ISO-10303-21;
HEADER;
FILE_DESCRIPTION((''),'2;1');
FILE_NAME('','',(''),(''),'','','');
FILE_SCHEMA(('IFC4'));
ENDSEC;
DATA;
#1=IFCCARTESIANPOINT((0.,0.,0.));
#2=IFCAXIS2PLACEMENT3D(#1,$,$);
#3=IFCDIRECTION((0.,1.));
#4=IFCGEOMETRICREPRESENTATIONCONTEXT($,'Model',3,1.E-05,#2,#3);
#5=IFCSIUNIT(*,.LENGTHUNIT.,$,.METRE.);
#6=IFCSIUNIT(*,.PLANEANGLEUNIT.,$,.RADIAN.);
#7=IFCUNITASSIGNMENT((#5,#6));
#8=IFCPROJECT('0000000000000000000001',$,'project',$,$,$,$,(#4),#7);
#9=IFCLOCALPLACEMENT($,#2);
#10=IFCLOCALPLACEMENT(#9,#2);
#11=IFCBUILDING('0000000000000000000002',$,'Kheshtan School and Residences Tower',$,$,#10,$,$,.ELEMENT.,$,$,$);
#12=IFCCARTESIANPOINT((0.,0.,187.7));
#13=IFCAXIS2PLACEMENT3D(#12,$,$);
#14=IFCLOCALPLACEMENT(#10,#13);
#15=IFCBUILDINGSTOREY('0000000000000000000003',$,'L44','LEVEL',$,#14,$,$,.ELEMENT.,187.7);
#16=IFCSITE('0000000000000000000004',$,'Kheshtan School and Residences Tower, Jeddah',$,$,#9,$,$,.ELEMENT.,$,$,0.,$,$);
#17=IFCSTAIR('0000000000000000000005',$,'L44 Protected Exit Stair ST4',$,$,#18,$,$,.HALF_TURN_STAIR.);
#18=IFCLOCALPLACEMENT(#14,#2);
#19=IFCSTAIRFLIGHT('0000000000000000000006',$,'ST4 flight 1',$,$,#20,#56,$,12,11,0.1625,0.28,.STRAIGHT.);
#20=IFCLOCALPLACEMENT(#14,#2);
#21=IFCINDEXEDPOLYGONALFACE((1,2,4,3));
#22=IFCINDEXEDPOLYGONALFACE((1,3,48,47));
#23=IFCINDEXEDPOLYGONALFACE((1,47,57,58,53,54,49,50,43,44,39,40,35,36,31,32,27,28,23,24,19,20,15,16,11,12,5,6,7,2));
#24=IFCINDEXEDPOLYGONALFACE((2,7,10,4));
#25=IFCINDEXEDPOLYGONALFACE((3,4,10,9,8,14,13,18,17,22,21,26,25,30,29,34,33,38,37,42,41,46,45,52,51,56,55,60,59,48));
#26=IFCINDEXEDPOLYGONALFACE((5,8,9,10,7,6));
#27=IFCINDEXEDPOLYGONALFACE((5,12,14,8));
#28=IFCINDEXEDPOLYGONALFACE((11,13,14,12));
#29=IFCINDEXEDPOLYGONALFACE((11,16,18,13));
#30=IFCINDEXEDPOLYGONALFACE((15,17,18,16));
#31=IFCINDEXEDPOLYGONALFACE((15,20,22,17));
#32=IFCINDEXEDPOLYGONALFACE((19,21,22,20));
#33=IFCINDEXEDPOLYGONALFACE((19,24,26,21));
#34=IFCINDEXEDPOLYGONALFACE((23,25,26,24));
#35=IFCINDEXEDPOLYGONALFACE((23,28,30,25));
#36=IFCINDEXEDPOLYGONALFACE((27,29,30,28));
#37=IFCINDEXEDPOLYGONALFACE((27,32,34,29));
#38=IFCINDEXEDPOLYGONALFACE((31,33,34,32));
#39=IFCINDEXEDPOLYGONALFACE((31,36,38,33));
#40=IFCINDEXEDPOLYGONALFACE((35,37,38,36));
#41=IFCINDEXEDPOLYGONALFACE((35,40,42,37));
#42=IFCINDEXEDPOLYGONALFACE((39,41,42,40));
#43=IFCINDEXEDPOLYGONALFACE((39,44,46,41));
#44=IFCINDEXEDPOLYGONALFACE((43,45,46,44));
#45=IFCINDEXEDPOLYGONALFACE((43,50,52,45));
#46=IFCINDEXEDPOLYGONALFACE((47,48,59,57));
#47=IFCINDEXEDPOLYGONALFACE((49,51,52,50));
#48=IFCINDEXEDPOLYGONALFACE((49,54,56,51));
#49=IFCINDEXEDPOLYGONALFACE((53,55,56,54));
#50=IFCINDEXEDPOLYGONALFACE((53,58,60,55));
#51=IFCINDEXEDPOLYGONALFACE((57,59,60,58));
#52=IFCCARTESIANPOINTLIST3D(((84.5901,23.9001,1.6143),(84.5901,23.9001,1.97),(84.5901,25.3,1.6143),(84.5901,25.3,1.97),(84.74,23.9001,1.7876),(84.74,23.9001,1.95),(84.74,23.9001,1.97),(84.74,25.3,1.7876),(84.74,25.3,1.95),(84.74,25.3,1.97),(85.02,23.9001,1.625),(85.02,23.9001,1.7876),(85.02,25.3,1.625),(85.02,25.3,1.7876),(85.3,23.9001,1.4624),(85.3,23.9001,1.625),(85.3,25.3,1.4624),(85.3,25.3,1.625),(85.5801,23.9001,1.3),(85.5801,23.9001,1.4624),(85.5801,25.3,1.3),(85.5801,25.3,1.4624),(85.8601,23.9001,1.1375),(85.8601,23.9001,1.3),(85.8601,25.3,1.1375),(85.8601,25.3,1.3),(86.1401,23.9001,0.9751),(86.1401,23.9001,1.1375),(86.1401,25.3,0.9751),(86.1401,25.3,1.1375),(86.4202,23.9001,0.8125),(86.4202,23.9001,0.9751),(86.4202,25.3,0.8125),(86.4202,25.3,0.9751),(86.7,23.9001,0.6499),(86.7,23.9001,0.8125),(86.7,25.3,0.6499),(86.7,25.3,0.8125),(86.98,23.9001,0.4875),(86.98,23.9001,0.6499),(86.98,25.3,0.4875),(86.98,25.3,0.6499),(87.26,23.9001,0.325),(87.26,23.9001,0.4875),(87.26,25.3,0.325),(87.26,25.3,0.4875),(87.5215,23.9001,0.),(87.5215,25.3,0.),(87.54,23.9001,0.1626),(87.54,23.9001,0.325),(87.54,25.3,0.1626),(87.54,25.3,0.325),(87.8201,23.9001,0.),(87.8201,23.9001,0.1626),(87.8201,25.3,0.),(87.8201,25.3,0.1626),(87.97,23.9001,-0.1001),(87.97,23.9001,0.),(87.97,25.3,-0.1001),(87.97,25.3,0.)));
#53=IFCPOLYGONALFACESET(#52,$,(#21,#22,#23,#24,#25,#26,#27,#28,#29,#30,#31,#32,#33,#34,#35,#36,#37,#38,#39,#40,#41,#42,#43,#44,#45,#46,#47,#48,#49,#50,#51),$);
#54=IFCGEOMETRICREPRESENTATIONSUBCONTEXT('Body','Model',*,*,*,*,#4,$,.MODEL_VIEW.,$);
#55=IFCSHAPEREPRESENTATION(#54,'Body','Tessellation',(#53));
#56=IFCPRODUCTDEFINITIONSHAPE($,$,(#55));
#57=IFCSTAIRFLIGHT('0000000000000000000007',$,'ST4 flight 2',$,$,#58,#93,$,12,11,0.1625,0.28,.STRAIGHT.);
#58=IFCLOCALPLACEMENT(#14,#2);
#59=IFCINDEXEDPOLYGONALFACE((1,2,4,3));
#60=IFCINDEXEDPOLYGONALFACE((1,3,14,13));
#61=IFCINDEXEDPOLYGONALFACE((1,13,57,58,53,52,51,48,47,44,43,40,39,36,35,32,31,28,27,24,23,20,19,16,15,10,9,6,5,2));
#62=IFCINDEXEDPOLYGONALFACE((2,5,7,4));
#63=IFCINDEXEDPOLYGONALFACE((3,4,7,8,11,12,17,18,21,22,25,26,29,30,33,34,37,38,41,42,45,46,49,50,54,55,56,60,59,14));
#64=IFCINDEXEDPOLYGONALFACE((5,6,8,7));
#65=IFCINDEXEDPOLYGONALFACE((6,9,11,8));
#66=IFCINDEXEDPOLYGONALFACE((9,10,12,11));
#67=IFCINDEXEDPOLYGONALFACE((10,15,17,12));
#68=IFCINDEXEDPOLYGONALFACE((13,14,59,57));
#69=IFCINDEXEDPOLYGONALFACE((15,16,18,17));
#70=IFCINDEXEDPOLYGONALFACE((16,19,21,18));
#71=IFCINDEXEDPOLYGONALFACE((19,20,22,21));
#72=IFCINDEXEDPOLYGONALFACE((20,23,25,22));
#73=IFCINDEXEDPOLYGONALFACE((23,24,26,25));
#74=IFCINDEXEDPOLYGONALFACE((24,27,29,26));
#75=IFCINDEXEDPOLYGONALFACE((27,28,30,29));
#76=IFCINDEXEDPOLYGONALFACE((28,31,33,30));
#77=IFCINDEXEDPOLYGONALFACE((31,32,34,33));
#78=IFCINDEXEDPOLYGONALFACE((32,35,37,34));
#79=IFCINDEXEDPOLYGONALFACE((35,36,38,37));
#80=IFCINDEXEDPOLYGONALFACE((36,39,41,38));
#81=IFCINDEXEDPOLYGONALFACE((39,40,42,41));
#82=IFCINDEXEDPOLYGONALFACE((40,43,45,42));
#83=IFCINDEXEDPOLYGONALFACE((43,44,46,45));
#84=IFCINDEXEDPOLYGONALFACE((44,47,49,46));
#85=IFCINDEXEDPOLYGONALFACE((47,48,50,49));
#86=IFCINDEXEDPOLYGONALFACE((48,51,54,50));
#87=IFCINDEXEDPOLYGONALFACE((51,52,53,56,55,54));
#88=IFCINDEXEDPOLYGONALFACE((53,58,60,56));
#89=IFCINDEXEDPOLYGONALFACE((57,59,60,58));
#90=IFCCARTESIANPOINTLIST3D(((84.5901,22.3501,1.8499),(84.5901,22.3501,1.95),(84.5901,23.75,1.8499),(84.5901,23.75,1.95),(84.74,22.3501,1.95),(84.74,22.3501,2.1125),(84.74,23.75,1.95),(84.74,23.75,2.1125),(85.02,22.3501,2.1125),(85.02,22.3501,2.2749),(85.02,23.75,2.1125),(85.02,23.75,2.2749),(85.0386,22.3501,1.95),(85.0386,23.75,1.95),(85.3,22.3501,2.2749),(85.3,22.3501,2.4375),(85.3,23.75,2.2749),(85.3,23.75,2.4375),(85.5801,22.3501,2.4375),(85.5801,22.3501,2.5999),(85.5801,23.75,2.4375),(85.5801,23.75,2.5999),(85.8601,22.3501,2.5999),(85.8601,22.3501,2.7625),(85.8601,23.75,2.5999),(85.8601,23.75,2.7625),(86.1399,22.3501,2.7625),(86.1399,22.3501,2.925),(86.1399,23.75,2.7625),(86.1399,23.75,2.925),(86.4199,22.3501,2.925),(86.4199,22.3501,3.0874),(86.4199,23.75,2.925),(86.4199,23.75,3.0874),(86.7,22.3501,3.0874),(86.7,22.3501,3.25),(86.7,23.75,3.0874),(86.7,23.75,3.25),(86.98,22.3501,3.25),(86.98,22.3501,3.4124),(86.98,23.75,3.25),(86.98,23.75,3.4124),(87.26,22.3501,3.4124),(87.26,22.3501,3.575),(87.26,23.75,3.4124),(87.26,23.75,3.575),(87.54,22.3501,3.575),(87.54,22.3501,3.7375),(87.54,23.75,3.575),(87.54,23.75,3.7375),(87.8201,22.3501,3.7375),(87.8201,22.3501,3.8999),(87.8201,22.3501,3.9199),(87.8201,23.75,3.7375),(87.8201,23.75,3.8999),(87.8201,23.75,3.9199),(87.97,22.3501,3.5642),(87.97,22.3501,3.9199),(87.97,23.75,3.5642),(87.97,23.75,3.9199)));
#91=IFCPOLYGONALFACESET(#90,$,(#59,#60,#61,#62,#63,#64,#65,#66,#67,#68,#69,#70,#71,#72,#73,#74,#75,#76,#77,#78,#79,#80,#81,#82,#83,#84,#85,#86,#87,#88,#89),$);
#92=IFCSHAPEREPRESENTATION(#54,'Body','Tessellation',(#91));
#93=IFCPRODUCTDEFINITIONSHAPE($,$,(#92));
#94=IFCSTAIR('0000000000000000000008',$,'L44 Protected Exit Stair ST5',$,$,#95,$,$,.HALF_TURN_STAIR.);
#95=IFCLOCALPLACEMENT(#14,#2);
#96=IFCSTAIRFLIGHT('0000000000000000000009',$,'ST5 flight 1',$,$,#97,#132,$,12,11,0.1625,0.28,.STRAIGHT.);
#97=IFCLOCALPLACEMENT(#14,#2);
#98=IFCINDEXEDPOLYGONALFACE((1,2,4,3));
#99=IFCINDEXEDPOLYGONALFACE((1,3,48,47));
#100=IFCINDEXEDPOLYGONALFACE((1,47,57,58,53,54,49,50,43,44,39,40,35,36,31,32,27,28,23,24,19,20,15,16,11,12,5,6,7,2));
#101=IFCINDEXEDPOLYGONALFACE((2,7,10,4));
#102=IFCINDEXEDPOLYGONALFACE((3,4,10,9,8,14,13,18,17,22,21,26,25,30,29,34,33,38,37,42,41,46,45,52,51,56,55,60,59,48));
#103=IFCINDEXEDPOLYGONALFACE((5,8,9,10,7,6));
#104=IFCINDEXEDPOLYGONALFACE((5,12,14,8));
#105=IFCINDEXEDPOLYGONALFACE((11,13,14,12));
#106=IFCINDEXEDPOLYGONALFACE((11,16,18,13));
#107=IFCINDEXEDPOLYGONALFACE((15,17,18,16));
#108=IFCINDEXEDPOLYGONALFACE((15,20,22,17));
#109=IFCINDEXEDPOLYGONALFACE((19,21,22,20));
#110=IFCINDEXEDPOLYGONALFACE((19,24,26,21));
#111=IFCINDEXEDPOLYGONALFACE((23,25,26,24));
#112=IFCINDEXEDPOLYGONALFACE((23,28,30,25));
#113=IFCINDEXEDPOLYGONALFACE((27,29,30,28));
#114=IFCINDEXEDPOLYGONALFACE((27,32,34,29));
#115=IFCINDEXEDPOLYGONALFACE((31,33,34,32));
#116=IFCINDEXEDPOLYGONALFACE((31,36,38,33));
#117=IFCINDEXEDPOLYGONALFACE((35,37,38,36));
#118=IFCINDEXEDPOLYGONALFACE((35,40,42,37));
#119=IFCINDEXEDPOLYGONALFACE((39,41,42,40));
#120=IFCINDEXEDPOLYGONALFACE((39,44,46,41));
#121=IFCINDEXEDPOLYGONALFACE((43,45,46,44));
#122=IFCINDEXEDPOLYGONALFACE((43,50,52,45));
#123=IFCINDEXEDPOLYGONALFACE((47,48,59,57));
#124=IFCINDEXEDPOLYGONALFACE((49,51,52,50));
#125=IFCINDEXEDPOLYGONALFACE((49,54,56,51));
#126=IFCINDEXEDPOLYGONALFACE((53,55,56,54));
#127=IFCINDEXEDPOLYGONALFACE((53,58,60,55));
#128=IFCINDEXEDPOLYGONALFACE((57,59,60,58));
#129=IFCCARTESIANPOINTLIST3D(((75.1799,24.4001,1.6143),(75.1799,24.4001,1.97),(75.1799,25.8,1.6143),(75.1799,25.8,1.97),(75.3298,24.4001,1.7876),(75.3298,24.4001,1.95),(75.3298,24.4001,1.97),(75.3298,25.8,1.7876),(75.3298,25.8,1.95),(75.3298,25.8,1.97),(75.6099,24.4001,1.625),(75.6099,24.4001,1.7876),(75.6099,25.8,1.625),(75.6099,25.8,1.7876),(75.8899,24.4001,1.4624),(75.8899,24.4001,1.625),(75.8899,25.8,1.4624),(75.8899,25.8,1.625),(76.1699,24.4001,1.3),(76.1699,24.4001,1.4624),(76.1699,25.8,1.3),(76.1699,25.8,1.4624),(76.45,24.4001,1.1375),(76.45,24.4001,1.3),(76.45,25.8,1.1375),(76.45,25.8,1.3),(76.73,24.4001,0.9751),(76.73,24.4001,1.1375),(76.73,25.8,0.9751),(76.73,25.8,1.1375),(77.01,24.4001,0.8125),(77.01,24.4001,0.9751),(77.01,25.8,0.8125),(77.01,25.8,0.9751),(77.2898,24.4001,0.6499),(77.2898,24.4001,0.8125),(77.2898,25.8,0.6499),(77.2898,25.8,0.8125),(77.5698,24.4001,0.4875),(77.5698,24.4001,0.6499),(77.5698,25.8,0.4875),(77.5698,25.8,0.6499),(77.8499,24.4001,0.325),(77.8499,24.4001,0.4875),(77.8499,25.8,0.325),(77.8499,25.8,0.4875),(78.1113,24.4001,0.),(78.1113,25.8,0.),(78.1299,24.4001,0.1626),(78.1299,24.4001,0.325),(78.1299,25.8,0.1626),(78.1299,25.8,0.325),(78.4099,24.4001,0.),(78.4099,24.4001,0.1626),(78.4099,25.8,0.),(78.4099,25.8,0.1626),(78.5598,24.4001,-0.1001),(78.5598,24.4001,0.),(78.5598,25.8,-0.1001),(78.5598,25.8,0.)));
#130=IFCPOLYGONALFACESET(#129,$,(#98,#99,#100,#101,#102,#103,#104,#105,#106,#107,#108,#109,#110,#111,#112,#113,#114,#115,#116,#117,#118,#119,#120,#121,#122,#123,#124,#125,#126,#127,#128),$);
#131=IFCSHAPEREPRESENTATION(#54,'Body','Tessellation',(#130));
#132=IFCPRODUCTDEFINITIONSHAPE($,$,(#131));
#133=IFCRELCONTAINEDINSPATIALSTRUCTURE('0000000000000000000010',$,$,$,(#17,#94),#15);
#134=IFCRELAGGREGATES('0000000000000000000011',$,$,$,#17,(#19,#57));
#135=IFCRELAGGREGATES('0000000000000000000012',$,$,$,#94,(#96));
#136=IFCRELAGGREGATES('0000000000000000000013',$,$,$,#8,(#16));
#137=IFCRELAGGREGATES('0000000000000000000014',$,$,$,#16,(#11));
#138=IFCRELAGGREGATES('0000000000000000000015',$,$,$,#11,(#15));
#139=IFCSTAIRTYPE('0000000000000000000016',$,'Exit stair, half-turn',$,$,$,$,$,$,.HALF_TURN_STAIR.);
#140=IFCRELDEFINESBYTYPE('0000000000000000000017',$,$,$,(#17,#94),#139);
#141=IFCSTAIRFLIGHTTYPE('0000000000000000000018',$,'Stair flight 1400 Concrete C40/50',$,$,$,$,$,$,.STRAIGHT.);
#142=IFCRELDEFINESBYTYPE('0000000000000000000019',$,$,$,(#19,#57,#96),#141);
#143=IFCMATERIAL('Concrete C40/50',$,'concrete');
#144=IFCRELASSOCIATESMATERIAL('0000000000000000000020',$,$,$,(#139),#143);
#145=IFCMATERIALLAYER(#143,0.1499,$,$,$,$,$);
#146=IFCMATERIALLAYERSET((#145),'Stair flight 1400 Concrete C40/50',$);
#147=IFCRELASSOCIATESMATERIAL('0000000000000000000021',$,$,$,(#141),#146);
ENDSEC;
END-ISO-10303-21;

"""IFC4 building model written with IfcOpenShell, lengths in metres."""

from ifc_helpers import new_model, si_unit, direction, frame, origin, place, context, subcontext, project, spatial, polyline, outline, extrude, material, layer, layer_set, type_object, element, aggregate, save


model = new_model("IFC4")

# Units and contexts
model_context = context("Model", 3, precision=1e-05, world=origin(), true_north=direction((0.0, 1.0)))
body_context = subcontext(model_context, "Body", "Model", "MODEL_VIEW")
ifc_project = project(units=[si_unit("LENGTHUNIT", "METRE"), si_unit("PLANEANGLEUNIT", "RADIAN")], contexts=[model_context])

# Site, building, storey
site_placement = place(None, origin())
site = spatial("IfcSite", under=ifc_project, at=site_placement, Name="Kheshtan School and Residences Tower, Jeddah", CompositionType="ELEMENT", RefElevation=0.0)
building_placement = place(site_placement, origin())
building = spatial("IfcBuilding", under=site, at=building_placement, Name="Kheshtan School and Residences Tower", CompositionType="ELEMENT")
storey_placement = place(building_placement, frame((0.0, 0.0, 187.7)))
storey = spatial("IfcBuildingStorey", under=building, at=storey_placement, Name="L44", Description="LEVEL", CompositionType="ELEMENT", Elevation=187.7)

# Shared definitions
ifc_material_1 = material(Name="Concrete C40/50", Category="concrete")

# Stair, stair flights
stair_type = type_object("IfcStairType", Name="Exit stair, half-turn", PredefinedType="HALF_TURN_STAIR", material=ifc_material_1)
stair_1_placement = place(storey_placement, origin())
stair_1 = element("IfcStair", 1, at=stair_1_placement, inside=storey, type_object=stair_type, Name="L44 Protected Exit Stair ST4", PredefinedType="HALF_TURN_STAIR")
ifc_layer_1 = layer(ifc_material_1, 0.1499)
ifc_layer_set_1 = layer_set([ifc_layer_1], Name="Stair flight 1400 Concrete C40/50")
stair_flight_type = type_object("IfcStairFlightType", Name="Stair flight 1400 Concrete C40/50", PredefinedType="STRAIGHT", material=ifc_layer_set_1)
stair_flight_1_placement = place(storey_placement, frame((87.8201, 24.6001, 0.0), z_axis=(0.0, 0.0, 1.0), x_axis=(-1.0, 0.0, 0.0)))
stair_flight_1 = element("IfcStairFlight", 2, at=stair_flight_1_placement, type_object=stair_flight_type, Name="ST4 flight 1", NumberOfRisers=12, NumberOfTreads=11, PredefinedType="STRAIGHT", RiserHeight=0.1625, TreadLength=0.28, context=body_context, shape_type="SweptSolid", body=[
    extrude(outline(polyline([(-0.1499, -0.1001), (-0.1499, 0.0), (0.0, 0.0), (0.0, 0.1626), (0.28, 0.1626), (0.28, 0.325), (0.5601, 0.325), (0.5601, 0.4875), (0.8401, 0.4875), (0.8401, 0.6499), (1.1201, 0.6499), (1.1201, 0.8125), (1.3999, 0.8125), (1.3999, 0.9751), (1.6799, 0.9751), (1.6799, 1.1375), (1.96, 1.1375), (1.96, 1.3), (2.24, 1.3), (2.24, 1.4624), (2.52, 1.4624), (2.52, 1.625), (2.8, 1.625), (2.8, 1.7876), (3.0801, 1.7876), (3.0801, 1.95), (3.0801, 1.97), (3.23, 1.97), (3.23, 1.6143), (0.2986, 0.0), (-0.1499, -0.1001)])), frame((0.0, 0.7, 0.0), z_axis=(0.0, -1.0, 0.0), x_axis=(1.0, 0.0, 0.0)), (0.0, 0.0, 1.0), 1.3999),
])
stair_flight_2_placement = place(storey_placement, frame((84.74, 23.05, 1.95), z_axis=(0.0, 0.0, 1.0), x_axis=(1.0, 0.0, 0.0)))
stair_flight_2 = element("IfcStairFlight", 3, at=stair_flight_2_placement, type_object=stair_flight_type, Name="ST4 flight 2", NumberOfRisers=12, NumberOfTreads=11, PredefinedType="STRAIGHT", RiserHeight=0.1625, TreadLength=0.28, context=body_context, shape_type="SweptSolid", body=[
    extrude(outline(polyline([(-0.1499, -0.1001), (-0.1499, 0.0), (0.0, 0.0), (0.0, 0.1626), (0.28, 0.1626), (0.28, 0.325), (0.5601, 0.325), (0.5601, 0.4875), (0.8401, 0.4875), (0.8401, 0.6499), (1.1201, 0.6499), (1.1201, 0.8125), (1.3999, 0.8125), (1.3999, 0.9751), (1.6799, 0.9751), (1.6799, 1.1375), (1.96, 1.1375), (1.96, 1.3), (2.24, 1.3), (2.24, 1.4624), (2.52, 1.4624), (2.52, 1.625), (2.8, 1.625), (2.8, 1.7876), (3.0801, 1.7876), (3.0801, 1.95), (3.0801, 1.97), (3.23, 1.97), (3.23, 1.6143), (0.2986, 0.0), (-0.1499, -0.1001)])), frame((0.0, 0.7, 0.0), z_axis=(0.0, -1.0, 0.0), x_axis=(1.0, 0.0, 0.0)), (0.0, 0.0, 1.0), 1.3999),
])
aggregate(stair_1, [stair_flight_1, stair_flight_2])

# Stair, stair flight
stair_2_placement = place(storey_placement, origin())
stair_2 = element("IfcStair", 4, at=stair_2_placement, inside=storey, type_object=stair_type, Name="L44 Protected Exit Stair ST5", PredefinedType="HALF_TURN_STAIR")
stair_flight_3_placement = place(storey_placement, frame((78.4099, 25.1001, 0.0), z_axis=(0.0, 0.0, 1.0), x_axis=(-1.0, 0.0, 0.0)))
stair_flight_3 = element("IfcStairFlight", 5, at=stair_flight_3_placement, type_object=stair_flight_type, Name="ST5 flight 1", NumberOfRisers=12, NumberOfTreads=11, PredefinedType="STRAIGHT", RiserHeight=0.1625, TreadLength=0.28, context=body_context, shape_type="SweptSolid", body=[
    extrude(outline(polyline([(-0.1499, -0.1001), (-0.1499, 0.0), (0.0, 0.0), (0.0, 0.1626), (0.28, 0.1626), (0.28, 0.325), (0.5601, 0.325), (0.5601, 0.4875), (0.8401, 0.4875), (0.8401, 0.6499), (1.1201, 0.6499), (1.1201, 0.8125), (1.3999, 0.8125), (1.3999, 0.9751), (1.6799, 0.9751), (1.6799, 1.1375), (1.96, 1.1375), (1.96, 1.3), (2.24, 1.3), (2.24, 1.4624), (2.52, 1.4624), (2.52, 1.625), (2.8, 1.625), (2.8, 1.7876), (3.0801, 1.7876), (3.0801, 1.95), (3.0801, 1.97), (3.23, 1.97), (3.23, 1.6143), (0.2986, 0.0), (-0.1499, -0.1001)])), frame((0.0, 0.7, 0.0), z_axis=(0.0, -1.0, 0.0), x_axis=(1.0, 0.0, 0.0)), (0.0, 0.0, 1.0), 1.3999),
])
aggregate(stair_2, [stair_flight_3])

save(model, "model.ifc")
